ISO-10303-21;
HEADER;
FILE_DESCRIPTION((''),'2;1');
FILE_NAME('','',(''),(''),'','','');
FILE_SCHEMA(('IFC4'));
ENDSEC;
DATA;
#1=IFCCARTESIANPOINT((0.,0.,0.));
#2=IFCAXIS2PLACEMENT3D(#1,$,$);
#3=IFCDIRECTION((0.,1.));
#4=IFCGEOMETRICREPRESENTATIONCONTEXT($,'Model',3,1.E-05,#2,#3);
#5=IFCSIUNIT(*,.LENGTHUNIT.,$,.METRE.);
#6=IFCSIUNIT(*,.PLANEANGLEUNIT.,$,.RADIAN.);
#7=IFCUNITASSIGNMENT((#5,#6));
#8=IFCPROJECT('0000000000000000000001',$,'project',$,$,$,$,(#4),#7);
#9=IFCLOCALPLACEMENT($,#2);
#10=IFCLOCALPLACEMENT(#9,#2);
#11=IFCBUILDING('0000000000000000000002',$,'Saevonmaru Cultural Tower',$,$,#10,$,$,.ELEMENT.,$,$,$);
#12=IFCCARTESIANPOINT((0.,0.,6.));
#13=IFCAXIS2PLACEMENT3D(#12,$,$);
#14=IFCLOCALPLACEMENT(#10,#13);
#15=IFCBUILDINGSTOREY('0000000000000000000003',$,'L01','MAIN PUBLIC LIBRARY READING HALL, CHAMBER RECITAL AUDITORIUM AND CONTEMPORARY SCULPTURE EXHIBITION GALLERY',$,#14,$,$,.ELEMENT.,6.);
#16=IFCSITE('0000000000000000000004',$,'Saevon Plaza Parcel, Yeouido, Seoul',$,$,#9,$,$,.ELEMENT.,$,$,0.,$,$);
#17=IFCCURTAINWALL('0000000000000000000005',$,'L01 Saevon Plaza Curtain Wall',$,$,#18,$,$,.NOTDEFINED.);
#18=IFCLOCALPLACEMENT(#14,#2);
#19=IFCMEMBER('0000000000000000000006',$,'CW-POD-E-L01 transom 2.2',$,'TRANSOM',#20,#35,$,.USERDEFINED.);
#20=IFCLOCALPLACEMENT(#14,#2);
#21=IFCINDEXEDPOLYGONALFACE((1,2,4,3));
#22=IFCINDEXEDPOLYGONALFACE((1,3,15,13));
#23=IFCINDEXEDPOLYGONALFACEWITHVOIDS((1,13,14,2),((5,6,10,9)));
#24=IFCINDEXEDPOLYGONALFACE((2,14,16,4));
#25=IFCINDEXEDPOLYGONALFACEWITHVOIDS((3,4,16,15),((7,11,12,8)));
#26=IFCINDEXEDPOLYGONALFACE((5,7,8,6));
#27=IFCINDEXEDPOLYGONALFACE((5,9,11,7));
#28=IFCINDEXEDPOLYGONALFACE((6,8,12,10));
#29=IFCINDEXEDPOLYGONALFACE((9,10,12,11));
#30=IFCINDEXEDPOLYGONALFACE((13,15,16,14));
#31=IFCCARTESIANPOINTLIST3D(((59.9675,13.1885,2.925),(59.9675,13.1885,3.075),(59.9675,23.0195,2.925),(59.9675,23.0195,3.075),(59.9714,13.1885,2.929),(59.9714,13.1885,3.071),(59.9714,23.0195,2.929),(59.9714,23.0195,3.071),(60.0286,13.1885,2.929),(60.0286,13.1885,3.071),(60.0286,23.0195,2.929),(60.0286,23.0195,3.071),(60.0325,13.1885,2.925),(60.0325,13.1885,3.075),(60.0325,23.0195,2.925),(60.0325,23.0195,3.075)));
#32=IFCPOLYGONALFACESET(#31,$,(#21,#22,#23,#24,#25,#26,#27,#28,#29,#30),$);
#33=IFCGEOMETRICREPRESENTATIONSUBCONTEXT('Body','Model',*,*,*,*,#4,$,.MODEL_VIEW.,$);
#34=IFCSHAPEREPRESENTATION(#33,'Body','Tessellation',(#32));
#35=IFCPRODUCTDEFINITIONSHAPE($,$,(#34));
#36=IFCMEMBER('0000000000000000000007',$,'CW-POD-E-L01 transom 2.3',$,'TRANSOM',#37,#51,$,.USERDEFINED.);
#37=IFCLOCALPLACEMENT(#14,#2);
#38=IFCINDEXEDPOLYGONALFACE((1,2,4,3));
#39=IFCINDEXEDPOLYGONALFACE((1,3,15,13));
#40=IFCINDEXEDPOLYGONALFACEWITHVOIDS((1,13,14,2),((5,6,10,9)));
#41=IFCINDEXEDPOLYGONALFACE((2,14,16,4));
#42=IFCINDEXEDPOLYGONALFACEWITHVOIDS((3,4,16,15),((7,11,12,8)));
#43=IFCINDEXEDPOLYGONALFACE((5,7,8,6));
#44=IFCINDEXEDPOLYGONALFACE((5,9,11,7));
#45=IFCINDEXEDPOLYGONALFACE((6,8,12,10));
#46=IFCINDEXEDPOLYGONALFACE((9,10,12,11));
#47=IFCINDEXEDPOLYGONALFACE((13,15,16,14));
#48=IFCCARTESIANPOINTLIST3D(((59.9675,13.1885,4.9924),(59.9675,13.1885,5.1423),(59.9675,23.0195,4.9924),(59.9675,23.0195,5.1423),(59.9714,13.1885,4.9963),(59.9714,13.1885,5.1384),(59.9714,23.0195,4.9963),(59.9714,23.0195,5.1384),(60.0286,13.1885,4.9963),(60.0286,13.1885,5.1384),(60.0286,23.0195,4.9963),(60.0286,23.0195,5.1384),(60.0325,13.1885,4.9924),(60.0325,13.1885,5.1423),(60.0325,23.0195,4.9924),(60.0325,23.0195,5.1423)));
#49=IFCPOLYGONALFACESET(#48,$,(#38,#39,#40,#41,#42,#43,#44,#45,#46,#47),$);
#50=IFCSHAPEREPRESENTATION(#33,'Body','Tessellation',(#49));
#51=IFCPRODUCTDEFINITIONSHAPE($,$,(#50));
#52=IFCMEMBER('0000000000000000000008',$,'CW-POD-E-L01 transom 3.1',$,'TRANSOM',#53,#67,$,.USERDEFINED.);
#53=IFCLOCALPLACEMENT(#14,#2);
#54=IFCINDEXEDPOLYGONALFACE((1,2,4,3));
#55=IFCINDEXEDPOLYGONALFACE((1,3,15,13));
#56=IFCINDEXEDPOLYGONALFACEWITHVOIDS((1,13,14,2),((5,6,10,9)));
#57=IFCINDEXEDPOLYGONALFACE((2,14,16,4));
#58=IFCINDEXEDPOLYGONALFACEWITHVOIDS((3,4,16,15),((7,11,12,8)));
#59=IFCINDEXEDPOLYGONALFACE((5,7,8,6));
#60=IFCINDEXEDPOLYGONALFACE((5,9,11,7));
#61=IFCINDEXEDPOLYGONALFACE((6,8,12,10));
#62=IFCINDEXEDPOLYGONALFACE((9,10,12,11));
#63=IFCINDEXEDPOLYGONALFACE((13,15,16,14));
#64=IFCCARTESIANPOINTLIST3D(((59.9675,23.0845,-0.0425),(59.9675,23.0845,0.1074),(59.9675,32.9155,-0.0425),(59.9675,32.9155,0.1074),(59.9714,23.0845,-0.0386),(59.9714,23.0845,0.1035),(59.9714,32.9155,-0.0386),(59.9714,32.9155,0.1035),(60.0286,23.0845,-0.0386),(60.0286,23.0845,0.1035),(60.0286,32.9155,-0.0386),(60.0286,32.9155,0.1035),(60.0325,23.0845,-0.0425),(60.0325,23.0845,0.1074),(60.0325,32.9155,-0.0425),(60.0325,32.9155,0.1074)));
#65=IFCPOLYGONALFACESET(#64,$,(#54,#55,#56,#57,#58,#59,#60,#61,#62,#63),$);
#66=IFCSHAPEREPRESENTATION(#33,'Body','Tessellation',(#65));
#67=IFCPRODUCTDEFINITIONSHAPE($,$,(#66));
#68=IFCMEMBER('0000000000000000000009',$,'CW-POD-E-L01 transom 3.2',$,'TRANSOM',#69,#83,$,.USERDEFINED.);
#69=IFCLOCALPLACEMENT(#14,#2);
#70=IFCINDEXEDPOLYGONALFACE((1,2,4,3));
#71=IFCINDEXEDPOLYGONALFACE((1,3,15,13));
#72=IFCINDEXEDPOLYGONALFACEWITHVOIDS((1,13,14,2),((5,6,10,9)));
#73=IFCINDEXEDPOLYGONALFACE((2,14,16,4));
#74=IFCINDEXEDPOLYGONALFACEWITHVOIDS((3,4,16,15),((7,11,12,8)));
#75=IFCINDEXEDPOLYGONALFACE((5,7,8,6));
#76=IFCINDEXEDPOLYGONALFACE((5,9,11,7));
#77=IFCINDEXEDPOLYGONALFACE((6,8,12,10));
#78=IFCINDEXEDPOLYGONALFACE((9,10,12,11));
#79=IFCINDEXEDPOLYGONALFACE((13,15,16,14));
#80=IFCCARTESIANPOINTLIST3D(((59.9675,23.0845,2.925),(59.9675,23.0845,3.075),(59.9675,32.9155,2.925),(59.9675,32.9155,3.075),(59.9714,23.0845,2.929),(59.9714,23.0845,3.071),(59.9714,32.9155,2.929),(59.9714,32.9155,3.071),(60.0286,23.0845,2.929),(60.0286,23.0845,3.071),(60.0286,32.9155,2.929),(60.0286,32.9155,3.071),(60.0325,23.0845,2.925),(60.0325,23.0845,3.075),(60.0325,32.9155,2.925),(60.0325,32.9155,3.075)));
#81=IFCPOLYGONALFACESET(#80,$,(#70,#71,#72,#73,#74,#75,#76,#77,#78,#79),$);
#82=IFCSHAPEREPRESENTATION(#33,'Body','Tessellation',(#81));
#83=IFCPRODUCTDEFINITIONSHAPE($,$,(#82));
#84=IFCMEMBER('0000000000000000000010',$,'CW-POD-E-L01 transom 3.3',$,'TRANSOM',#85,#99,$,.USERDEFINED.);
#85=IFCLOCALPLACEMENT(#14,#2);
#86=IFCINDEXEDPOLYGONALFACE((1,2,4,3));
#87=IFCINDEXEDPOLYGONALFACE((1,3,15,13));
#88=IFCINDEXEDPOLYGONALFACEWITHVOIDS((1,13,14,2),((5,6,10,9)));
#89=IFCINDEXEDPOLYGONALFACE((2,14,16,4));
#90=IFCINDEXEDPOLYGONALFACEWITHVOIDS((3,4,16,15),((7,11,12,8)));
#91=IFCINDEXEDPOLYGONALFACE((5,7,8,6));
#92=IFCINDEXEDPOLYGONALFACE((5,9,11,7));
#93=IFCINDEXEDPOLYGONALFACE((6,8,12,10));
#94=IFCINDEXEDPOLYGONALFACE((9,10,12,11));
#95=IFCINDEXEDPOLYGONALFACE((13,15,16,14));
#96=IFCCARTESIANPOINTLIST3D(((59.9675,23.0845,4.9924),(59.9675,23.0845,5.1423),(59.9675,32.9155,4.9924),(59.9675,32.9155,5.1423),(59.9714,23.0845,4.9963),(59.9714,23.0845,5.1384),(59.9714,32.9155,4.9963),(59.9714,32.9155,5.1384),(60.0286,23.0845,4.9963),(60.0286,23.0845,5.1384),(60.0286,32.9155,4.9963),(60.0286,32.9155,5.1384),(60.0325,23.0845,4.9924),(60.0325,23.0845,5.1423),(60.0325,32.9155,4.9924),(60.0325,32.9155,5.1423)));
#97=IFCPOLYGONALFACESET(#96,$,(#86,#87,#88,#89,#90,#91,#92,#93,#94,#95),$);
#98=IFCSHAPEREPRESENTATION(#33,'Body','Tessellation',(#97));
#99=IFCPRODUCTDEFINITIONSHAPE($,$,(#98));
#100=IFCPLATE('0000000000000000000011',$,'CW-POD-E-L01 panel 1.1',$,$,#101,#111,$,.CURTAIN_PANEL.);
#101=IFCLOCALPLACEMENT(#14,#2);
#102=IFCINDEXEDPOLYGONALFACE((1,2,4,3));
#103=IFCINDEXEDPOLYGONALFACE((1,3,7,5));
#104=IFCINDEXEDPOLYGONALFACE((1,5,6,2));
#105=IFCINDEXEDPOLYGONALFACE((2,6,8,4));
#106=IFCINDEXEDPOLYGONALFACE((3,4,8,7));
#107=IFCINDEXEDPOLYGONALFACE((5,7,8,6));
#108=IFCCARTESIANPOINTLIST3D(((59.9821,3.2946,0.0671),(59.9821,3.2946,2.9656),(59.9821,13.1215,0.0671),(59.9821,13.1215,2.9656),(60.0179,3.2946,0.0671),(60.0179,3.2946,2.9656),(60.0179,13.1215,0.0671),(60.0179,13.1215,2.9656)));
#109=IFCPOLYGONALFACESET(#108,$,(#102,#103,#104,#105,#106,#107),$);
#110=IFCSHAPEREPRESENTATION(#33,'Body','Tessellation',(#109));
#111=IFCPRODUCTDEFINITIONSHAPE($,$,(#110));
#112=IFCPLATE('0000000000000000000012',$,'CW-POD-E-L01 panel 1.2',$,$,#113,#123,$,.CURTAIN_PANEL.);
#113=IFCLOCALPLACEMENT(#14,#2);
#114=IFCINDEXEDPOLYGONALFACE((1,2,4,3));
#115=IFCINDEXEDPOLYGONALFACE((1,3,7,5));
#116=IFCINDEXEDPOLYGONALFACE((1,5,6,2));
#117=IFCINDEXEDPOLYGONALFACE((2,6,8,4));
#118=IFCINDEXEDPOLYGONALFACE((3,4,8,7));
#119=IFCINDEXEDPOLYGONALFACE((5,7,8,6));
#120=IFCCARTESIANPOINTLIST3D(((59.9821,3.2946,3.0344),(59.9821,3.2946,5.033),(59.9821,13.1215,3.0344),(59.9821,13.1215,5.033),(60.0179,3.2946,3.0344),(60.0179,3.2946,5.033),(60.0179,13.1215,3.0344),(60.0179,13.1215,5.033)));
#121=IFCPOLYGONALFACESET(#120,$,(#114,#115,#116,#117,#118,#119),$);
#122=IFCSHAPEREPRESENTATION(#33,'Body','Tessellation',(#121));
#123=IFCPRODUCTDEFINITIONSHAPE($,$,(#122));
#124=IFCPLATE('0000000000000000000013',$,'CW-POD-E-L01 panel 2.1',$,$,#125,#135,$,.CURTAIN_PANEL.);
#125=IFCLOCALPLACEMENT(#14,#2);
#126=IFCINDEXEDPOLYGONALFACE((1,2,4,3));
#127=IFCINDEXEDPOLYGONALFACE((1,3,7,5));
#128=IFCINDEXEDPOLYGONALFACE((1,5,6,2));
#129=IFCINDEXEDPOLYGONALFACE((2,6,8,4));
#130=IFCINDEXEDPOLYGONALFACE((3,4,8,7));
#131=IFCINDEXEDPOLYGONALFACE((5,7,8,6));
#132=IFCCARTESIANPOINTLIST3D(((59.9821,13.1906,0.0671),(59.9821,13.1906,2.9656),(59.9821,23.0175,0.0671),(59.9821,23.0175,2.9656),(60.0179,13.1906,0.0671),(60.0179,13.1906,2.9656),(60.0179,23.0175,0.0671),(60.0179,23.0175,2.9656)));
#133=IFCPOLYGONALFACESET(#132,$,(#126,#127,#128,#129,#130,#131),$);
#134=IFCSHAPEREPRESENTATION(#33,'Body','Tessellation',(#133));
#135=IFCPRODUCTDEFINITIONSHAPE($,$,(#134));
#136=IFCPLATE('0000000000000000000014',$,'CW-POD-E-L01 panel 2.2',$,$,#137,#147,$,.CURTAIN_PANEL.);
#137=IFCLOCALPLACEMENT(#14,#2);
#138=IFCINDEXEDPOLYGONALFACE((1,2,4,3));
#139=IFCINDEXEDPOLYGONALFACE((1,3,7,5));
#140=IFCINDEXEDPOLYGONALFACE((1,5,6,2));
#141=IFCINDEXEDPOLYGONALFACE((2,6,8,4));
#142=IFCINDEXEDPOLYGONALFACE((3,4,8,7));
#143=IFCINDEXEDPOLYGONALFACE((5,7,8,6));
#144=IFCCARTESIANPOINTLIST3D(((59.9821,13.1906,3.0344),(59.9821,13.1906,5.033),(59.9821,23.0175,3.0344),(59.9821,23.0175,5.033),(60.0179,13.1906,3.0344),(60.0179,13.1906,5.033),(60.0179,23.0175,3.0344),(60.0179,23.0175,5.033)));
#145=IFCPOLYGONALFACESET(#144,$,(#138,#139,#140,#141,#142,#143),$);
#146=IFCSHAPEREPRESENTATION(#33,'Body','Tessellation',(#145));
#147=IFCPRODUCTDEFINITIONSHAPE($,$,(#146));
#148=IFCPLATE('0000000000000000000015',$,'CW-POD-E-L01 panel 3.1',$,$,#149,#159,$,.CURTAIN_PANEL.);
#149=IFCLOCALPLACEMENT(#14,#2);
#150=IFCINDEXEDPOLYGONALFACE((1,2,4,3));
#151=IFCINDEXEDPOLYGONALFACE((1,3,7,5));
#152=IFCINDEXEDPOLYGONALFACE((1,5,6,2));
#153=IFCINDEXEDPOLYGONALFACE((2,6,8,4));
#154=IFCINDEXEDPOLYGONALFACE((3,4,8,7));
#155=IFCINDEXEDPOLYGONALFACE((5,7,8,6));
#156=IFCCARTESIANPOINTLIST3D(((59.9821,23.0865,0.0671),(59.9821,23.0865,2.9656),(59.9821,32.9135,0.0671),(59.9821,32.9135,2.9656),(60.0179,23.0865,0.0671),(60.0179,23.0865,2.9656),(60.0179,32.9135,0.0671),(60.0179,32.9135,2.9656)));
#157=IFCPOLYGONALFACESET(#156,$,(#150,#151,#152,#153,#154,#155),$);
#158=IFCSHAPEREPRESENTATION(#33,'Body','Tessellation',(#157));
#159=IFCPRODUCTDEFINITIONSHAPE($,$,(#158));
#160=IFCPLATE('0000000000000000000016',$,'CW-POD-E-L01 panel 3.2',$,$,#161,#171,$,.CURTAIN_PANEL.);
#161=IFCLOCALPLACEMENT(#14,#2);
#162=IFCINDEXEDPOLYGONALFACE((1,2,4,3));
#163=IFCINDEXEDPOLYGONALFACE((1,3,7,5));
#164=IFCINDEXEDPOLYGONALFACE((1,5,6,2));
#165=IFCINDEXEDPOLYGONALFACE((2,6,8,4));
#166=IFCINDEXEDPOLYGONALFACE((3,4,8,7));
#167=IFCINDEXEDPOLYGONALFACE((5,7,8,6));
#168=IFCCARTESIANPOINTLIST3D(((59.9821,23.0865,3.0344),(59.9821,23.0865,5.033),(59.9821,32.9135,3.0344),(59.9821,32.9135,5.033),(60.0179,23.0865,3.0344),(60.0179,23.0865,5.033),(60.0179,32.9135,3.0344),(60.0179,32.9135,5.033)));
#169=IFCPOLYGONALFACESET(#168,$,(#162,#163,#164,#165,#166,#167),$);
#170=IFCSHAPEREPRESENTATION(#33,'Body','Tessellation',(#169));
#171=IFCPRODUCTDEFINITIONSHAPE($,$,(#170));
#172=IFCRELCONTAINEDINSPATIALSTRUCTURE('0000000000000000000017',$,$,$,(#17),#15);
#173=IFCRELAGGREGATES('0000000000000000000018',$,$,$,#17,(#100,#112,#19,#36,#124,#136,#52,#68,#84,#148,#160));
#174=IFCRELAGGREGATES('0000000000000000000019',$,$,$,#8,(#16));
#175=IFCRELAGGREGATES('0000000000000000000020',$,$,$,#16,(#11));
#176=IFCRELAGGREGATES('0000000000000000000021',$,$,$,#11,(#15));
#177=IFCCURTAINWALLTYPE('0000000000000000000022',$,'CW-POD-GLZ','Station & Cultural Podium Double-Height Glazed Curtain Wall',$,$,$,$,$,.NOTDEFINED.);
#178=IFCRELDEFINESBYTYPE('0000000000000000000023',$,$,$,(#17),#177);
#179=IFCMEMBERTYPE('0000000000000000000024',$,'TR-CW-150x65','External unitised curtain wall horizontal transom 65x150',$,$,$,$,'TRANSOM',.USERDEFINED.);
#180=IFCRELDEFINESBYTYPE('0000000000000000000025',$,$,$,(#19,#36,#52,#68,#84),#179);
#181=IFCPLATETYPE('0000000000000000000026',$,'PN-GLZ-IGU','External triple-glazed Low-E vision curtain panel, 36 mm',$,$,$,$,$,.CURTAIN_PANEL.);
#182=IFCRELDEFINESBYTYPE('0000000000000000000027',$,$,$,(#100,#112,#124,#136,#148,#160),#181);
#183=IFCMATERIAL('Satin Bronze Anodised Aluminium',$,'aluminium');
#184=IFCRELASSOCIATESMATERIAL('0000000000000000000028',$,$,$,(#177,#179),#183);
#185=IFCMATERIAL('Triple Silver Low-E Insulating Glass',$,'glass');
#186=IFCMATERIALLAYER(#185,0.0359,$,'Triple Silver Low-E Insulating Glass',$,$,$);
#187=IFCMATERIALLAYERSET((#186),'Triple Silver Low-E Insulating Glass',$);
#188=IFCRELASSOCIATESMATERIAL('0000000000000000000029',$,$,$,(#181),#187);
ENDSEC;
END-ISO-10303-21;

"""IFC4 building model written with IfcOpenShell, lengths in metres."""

from ifc_helpers import new_model, si_unit, direction, frame, origin, origin_2d, place, context, subcontext, project, spatial, rectangle, hollow_rectangle, extrude, material, layer, layer_set, material_profile, profile_set, type_object, element, aggregate, save


model = new_model("IFC4")

# Units and contexts
model_context = context("Model", 3, precision=1e-05, world=origin(), true_north=direction((0.0, 1.0)))
body_context = subcontext(model_context, "Body", "Model", "MODEL_VIEW")
ifc_project = project(units=[si_unit("LENGTHUNIT", "METRE"), si_unit("PLANEANGLEUNIT", "RADIAN")], contexts=[model_context])

# Site, building, storey
site_placement = place(None, origin())
site = spatial("IfcSite", under=ifc_project, at=site_placement, Name="Saevon Plaza Parcel, Yeouido, Seoul", CompositionType="ELEMENT", RefElevation=0.0)
building_placement = place(site_placement, origin())
building = spatial("IfcBuilding", under=site, at=building_placement, Name="Saevonmaru Cultural Tower", CompositionType="ELEMENT")
storey_placement = place(building_placement, frame((0.0, 0.0, 6.0)))
storey = spatial("IfcBuildingStorey", under=building, at=storey_placement, Name="L01", Description="MAIN PUBLIC LIBRARY READING HALL, CHAMBER RECITAL AUDITORIUM AND CONTEMPORARY SCULPTURE EXHIBITION GALLERY", CompositionType="ELEMENT", Elevation=6.0)

# Shared definitions
ifc_material_1 = material(Name="Satin Bronze Anodised Aluminium", Category="aluminium")
curtain_wall_type_1 = type_object("IfcCurtainWallType", Name="CW-POD-GLZ", Description="Station & Cultural Podium Double-Height Glazed Curtain Wall", PredefinedType="NOTDEFINED", material=ifc_material_1)

# Curtain wall
curtain_wall_1_placement = place(storey_placement, origin())
curtain_wall_1 = element("IfcCurtainWall", 1, at=curtain_wall_1_placement, inside=storey, type_object=curtain_wall_type_1, Name="L01 Saevon Plaza Curtain Wall", PredefinedType="NOTDEFINED")

# Members
ifc_material_profile_1 = material_profile(ifc_material_1, hollow_rectangle(XDim=0.0649, YDim=0.1499, WallThickness=0.0039, at=origin_2d()), Name="ALU-TRAN-150x65x4")
ifc_profile_set_1 = profile_set([ifc_material_profile_1], Name="Satin Bronze Anodised Aluminium")
member_type_1 = type_object("IfcMemberType", Name="TR-CW-150x65", Description="External unitised curtain wall horizontal transom 65x150", ElementType="TRANSOM", PredefinedType="USERDEFINED", material=ifc_profile_set_1)
member_1_placement = place(storey_placement, frame((60.0, 13.1885, 3.0), z_axis=(0.0, 1.0, 0.0), x_axis=(-1.0, 0.0, 0.0)))
member_1 = element("IfcMember", 2, at=member_1_placement, type_object=member_type_1, Name="CW-POD-E-L01 transom 2.2", ObjectType="TRANSOM", PredefinedType="USERDEFINED", context=body_context, shape_type="SweptSolid", body=[
    extrude(hollow_rectangle(XDim=0.0649, YDim=0.1499, WallThickness=0.0039, at=origin_2d()), origin(), (0.0, 0.0, 1.0), 9.8311),
])
member_2_placement = place(storey_placement, frame((60.0, 13.1885, 5.0674), z_axis=(0.0, 1.0, 0.0), x_axis=(-1.0, 0.0, 0.0)))
member_2 = element("IfcMember", 3, at=member_2_placement, type_object=member_type_1, Name="CW-POD-E-L01 transom 2.3", ObjectType="TRANSOM", PredefinedType="USERDEFINED", context=body_context, shape_type="SweptSolid", body=[
    extrude(hollow_rectangle(XDim=0.0649, YDim=0.1499, WallThickness=0.0039, at=origin_2d()), origin(), (0.0, 0.0, 1.0), 9.8311),
])
member_3_placement = place(storey_placement, frame((60.0, 23.0845, 0.0325), z_axis=(0.0, 1.0, 0.0), x_axis=(-1.0, 0.0, 0.0)))
member_3 = element("IfcMember", 4, at=member_3_placement, type_object=member_type_1, Name="CW-POD-E-L01 transom 3.1", ObjectType="TRANSOM", PredefinedType="USERDEFINED", context=body_context, shape_type="SweptSolid", body=[
    extrude(hollow_rectangle(XDim=0.0649, YDim=0.1499, WallThickness=0.0039, at=origin_2d()), origin(), (0.0, 0.0, 1.0), 9.8311),
])
member_4_placement = place(storey_placement, frame((60.0, 23.0845, 3.0), z_axis=(0.0, 1.0, 0.0), x_axis=(-1.0, 0.0, 0.0)))
member_4 = element("IfcMember", 5, at=member_4_placement, type_object=member_type_1, Name="CW-POD-E-L01 transom 3.2", ObjectType="TRANSOM", PredefinedType="USERDEFINED", context=body_context, shape_type="SweptSolid", body=[
    extrude(hollow_rectangle(XDim=0.0649, YDim=0.1499, WallThickness=0.0039, at=origin_2d()), origin(), (0.0, 0.0, 1.0), 9.8311),
])
member_5_placement = place(storey_placement, frame((60.0, 23.0845, 5.0674), z_axis=(0.0, 1.0, 0.0), x_axis=(-1.0, 0.0, 0.0)))
member_5 = element("IfcMember", 6, at=member_5_placement, type_object=member_type_1, Name="CW-POD-E-L01 transom 3.3", ObjectType="TRANSOM", PredefinedType="USERDEFINED", context=body_context, shape_type="SweptSolid", body=[
    extrude(hollow_rectangle(XDim=0.0649, YDim=0.1499, WallThickness=0.0039, at=origin_2d()), origin(), (0.0, 0.0, 1.0), 9.8311),
])

# Plates
ifc_material_2 = material(Name="Triple Silver Low-E Insulating Glass", Category="glass")
ifc_layer_1 = layer(ifc_material_2, 0.0359, Name="Triple Silver Low-E Insulating Glass")
ifc_layer_set_1 = layer_set([ifc_layer_1], Name="Triple Silver Low-E Insulating Glass")
plate_type = type_object("IfcPlateType", Name="PN-GLZ-IGU", Description="External triple-glazed Low-E vision curtain panel, 36 mm", PredefinedType="CURTAIN_PANEL", material=ifc_layer_set_1)
plate_1_placement = place(storey_placement, frame((60.0, 8.208, 0.0671), z_axis=(0.0, 0.0, 1.0), x_axis=(0.0, 1.0, 0.0)))
plate_1 = element("IfcPlate", 7, at=plate_1_placement, type_object=plate_type, Name="CW-POD-E-L01 panel 1.1", PredefinedType="CURTAIN_PANEL", context=body_context, shape_type="SweptSolid", body=[
    extrude(rectangle(XDim=9.8269, YDim=0.0359, at=origin_2d()), origin(), (0.0, 0.0, 1.0), 2.8984),
])
plate_2_placement = place(storey_placement, frame((60.0, 8.208, 3.0344), z_axis=(0.0, 0.0, 1.0), x_axis=(0.0, 1.0, 0.0)))
plate_2 = element("IfcPlate", 8, at=plate_2_placement, type_object=plate_type, Name="CW-POD-E-L01 panel 1.2", PredefinedType="CURTAIN_PANEL", context=body_context, shape_type="SweptSolid", body=[
    extrude(rectangle(XDim=9.8269, YDim=0.0359, at=origin_2d()), origin(), (0.0, 0.0, 1.0), 1.9985),
])
plate_3_placement = place(storey_placement, frame((60.0, 18.104, 0.0671), z_axis=(0.0, 0.0, 1.0), x_axis=(0.0, 1.0, 0.0)))
plate_3 = element("IfcPlate", 9, at=plate_3_placement, type_object=plate_type, Name="CW-POD-E-L01 panel 2.1", PredefinedType="CURTAIN_PANEL", context=body_context, shape_type="SweptSolid", body=[
    extrude(rectangle(XDim=9.8269, YDim=0.0359, at=origin_2d()), origin(), (0.0, 0.0, 1.0), 2.8984),
])
plate_4_placement = place(storey_placement, frame((60.0, 18.104, 3.0344), z_axis=(0.0, 0.0, 1.0), x_axis=(0.0, 1.0, 0.0)))
plate_4 = element("IfcPlate", 10, at=plate_4_placement, type_object=plate_type, Name="CW-POD-E-L01 panel 2.2", PredefinedType="CURTAIN_PANEL", context=body_context, shape_type="SweptSolid", body=[
    extrude(rectangle(XDim=9.8269, YDim=0.0359, at=origin_2d()), origin(), (0.0, 0.0, 1.0), 1.9985),
])
plate_5_placement = place(storey_placement, frame((60.0, 28.0, 0.0671), z_axis=(0.0, 0.0, 1.0), x_axis=(0.0, 1.0, 0.0)))
plate_5 = element("IfcPlate", 11, at=plate_5_placement, type_object=plate_type, Name="CW-POD-E-L01 panel 3.1", PredefinedType="CURTAIN_PANEL", context=body_context, shape_type="SweptSolid", body=[
    extrude(rectangle(XDim=9.8269, YDim=0.0359, at=origin_2d()), origin(), (0.0, 0.0, 1.0), 2.8984),
])
plate_6_placement = place(storey_placement, frame((60.0, 28.0, 3.0344), z_axis=(0.0, 0.0, 1.0), x_axis=(0.0, 1.0, 0.0)))
plate_6 = element("IfcPlate", 12, at=plate_6_placement, type_object=plate_type, Name="CW-POD-E-L01 panel 3.2", PredefinedType="CURTAIN_PANEL", context=body_context, shape_type="SweptSolid", body=[
    extrude(rectangle(XDim=9.8269, YDim=0.0359, at=origin_2d()), origin(), (0.0, 0.0, 1.0), 1.9985),
])
aggregate(curtain_wall_1, [plate_1, plate_2, member_1, member_2, plate_3, plate_4, member_3, member_4, member_5, plate_5, plate_6])

save(model, "model.ifc")
